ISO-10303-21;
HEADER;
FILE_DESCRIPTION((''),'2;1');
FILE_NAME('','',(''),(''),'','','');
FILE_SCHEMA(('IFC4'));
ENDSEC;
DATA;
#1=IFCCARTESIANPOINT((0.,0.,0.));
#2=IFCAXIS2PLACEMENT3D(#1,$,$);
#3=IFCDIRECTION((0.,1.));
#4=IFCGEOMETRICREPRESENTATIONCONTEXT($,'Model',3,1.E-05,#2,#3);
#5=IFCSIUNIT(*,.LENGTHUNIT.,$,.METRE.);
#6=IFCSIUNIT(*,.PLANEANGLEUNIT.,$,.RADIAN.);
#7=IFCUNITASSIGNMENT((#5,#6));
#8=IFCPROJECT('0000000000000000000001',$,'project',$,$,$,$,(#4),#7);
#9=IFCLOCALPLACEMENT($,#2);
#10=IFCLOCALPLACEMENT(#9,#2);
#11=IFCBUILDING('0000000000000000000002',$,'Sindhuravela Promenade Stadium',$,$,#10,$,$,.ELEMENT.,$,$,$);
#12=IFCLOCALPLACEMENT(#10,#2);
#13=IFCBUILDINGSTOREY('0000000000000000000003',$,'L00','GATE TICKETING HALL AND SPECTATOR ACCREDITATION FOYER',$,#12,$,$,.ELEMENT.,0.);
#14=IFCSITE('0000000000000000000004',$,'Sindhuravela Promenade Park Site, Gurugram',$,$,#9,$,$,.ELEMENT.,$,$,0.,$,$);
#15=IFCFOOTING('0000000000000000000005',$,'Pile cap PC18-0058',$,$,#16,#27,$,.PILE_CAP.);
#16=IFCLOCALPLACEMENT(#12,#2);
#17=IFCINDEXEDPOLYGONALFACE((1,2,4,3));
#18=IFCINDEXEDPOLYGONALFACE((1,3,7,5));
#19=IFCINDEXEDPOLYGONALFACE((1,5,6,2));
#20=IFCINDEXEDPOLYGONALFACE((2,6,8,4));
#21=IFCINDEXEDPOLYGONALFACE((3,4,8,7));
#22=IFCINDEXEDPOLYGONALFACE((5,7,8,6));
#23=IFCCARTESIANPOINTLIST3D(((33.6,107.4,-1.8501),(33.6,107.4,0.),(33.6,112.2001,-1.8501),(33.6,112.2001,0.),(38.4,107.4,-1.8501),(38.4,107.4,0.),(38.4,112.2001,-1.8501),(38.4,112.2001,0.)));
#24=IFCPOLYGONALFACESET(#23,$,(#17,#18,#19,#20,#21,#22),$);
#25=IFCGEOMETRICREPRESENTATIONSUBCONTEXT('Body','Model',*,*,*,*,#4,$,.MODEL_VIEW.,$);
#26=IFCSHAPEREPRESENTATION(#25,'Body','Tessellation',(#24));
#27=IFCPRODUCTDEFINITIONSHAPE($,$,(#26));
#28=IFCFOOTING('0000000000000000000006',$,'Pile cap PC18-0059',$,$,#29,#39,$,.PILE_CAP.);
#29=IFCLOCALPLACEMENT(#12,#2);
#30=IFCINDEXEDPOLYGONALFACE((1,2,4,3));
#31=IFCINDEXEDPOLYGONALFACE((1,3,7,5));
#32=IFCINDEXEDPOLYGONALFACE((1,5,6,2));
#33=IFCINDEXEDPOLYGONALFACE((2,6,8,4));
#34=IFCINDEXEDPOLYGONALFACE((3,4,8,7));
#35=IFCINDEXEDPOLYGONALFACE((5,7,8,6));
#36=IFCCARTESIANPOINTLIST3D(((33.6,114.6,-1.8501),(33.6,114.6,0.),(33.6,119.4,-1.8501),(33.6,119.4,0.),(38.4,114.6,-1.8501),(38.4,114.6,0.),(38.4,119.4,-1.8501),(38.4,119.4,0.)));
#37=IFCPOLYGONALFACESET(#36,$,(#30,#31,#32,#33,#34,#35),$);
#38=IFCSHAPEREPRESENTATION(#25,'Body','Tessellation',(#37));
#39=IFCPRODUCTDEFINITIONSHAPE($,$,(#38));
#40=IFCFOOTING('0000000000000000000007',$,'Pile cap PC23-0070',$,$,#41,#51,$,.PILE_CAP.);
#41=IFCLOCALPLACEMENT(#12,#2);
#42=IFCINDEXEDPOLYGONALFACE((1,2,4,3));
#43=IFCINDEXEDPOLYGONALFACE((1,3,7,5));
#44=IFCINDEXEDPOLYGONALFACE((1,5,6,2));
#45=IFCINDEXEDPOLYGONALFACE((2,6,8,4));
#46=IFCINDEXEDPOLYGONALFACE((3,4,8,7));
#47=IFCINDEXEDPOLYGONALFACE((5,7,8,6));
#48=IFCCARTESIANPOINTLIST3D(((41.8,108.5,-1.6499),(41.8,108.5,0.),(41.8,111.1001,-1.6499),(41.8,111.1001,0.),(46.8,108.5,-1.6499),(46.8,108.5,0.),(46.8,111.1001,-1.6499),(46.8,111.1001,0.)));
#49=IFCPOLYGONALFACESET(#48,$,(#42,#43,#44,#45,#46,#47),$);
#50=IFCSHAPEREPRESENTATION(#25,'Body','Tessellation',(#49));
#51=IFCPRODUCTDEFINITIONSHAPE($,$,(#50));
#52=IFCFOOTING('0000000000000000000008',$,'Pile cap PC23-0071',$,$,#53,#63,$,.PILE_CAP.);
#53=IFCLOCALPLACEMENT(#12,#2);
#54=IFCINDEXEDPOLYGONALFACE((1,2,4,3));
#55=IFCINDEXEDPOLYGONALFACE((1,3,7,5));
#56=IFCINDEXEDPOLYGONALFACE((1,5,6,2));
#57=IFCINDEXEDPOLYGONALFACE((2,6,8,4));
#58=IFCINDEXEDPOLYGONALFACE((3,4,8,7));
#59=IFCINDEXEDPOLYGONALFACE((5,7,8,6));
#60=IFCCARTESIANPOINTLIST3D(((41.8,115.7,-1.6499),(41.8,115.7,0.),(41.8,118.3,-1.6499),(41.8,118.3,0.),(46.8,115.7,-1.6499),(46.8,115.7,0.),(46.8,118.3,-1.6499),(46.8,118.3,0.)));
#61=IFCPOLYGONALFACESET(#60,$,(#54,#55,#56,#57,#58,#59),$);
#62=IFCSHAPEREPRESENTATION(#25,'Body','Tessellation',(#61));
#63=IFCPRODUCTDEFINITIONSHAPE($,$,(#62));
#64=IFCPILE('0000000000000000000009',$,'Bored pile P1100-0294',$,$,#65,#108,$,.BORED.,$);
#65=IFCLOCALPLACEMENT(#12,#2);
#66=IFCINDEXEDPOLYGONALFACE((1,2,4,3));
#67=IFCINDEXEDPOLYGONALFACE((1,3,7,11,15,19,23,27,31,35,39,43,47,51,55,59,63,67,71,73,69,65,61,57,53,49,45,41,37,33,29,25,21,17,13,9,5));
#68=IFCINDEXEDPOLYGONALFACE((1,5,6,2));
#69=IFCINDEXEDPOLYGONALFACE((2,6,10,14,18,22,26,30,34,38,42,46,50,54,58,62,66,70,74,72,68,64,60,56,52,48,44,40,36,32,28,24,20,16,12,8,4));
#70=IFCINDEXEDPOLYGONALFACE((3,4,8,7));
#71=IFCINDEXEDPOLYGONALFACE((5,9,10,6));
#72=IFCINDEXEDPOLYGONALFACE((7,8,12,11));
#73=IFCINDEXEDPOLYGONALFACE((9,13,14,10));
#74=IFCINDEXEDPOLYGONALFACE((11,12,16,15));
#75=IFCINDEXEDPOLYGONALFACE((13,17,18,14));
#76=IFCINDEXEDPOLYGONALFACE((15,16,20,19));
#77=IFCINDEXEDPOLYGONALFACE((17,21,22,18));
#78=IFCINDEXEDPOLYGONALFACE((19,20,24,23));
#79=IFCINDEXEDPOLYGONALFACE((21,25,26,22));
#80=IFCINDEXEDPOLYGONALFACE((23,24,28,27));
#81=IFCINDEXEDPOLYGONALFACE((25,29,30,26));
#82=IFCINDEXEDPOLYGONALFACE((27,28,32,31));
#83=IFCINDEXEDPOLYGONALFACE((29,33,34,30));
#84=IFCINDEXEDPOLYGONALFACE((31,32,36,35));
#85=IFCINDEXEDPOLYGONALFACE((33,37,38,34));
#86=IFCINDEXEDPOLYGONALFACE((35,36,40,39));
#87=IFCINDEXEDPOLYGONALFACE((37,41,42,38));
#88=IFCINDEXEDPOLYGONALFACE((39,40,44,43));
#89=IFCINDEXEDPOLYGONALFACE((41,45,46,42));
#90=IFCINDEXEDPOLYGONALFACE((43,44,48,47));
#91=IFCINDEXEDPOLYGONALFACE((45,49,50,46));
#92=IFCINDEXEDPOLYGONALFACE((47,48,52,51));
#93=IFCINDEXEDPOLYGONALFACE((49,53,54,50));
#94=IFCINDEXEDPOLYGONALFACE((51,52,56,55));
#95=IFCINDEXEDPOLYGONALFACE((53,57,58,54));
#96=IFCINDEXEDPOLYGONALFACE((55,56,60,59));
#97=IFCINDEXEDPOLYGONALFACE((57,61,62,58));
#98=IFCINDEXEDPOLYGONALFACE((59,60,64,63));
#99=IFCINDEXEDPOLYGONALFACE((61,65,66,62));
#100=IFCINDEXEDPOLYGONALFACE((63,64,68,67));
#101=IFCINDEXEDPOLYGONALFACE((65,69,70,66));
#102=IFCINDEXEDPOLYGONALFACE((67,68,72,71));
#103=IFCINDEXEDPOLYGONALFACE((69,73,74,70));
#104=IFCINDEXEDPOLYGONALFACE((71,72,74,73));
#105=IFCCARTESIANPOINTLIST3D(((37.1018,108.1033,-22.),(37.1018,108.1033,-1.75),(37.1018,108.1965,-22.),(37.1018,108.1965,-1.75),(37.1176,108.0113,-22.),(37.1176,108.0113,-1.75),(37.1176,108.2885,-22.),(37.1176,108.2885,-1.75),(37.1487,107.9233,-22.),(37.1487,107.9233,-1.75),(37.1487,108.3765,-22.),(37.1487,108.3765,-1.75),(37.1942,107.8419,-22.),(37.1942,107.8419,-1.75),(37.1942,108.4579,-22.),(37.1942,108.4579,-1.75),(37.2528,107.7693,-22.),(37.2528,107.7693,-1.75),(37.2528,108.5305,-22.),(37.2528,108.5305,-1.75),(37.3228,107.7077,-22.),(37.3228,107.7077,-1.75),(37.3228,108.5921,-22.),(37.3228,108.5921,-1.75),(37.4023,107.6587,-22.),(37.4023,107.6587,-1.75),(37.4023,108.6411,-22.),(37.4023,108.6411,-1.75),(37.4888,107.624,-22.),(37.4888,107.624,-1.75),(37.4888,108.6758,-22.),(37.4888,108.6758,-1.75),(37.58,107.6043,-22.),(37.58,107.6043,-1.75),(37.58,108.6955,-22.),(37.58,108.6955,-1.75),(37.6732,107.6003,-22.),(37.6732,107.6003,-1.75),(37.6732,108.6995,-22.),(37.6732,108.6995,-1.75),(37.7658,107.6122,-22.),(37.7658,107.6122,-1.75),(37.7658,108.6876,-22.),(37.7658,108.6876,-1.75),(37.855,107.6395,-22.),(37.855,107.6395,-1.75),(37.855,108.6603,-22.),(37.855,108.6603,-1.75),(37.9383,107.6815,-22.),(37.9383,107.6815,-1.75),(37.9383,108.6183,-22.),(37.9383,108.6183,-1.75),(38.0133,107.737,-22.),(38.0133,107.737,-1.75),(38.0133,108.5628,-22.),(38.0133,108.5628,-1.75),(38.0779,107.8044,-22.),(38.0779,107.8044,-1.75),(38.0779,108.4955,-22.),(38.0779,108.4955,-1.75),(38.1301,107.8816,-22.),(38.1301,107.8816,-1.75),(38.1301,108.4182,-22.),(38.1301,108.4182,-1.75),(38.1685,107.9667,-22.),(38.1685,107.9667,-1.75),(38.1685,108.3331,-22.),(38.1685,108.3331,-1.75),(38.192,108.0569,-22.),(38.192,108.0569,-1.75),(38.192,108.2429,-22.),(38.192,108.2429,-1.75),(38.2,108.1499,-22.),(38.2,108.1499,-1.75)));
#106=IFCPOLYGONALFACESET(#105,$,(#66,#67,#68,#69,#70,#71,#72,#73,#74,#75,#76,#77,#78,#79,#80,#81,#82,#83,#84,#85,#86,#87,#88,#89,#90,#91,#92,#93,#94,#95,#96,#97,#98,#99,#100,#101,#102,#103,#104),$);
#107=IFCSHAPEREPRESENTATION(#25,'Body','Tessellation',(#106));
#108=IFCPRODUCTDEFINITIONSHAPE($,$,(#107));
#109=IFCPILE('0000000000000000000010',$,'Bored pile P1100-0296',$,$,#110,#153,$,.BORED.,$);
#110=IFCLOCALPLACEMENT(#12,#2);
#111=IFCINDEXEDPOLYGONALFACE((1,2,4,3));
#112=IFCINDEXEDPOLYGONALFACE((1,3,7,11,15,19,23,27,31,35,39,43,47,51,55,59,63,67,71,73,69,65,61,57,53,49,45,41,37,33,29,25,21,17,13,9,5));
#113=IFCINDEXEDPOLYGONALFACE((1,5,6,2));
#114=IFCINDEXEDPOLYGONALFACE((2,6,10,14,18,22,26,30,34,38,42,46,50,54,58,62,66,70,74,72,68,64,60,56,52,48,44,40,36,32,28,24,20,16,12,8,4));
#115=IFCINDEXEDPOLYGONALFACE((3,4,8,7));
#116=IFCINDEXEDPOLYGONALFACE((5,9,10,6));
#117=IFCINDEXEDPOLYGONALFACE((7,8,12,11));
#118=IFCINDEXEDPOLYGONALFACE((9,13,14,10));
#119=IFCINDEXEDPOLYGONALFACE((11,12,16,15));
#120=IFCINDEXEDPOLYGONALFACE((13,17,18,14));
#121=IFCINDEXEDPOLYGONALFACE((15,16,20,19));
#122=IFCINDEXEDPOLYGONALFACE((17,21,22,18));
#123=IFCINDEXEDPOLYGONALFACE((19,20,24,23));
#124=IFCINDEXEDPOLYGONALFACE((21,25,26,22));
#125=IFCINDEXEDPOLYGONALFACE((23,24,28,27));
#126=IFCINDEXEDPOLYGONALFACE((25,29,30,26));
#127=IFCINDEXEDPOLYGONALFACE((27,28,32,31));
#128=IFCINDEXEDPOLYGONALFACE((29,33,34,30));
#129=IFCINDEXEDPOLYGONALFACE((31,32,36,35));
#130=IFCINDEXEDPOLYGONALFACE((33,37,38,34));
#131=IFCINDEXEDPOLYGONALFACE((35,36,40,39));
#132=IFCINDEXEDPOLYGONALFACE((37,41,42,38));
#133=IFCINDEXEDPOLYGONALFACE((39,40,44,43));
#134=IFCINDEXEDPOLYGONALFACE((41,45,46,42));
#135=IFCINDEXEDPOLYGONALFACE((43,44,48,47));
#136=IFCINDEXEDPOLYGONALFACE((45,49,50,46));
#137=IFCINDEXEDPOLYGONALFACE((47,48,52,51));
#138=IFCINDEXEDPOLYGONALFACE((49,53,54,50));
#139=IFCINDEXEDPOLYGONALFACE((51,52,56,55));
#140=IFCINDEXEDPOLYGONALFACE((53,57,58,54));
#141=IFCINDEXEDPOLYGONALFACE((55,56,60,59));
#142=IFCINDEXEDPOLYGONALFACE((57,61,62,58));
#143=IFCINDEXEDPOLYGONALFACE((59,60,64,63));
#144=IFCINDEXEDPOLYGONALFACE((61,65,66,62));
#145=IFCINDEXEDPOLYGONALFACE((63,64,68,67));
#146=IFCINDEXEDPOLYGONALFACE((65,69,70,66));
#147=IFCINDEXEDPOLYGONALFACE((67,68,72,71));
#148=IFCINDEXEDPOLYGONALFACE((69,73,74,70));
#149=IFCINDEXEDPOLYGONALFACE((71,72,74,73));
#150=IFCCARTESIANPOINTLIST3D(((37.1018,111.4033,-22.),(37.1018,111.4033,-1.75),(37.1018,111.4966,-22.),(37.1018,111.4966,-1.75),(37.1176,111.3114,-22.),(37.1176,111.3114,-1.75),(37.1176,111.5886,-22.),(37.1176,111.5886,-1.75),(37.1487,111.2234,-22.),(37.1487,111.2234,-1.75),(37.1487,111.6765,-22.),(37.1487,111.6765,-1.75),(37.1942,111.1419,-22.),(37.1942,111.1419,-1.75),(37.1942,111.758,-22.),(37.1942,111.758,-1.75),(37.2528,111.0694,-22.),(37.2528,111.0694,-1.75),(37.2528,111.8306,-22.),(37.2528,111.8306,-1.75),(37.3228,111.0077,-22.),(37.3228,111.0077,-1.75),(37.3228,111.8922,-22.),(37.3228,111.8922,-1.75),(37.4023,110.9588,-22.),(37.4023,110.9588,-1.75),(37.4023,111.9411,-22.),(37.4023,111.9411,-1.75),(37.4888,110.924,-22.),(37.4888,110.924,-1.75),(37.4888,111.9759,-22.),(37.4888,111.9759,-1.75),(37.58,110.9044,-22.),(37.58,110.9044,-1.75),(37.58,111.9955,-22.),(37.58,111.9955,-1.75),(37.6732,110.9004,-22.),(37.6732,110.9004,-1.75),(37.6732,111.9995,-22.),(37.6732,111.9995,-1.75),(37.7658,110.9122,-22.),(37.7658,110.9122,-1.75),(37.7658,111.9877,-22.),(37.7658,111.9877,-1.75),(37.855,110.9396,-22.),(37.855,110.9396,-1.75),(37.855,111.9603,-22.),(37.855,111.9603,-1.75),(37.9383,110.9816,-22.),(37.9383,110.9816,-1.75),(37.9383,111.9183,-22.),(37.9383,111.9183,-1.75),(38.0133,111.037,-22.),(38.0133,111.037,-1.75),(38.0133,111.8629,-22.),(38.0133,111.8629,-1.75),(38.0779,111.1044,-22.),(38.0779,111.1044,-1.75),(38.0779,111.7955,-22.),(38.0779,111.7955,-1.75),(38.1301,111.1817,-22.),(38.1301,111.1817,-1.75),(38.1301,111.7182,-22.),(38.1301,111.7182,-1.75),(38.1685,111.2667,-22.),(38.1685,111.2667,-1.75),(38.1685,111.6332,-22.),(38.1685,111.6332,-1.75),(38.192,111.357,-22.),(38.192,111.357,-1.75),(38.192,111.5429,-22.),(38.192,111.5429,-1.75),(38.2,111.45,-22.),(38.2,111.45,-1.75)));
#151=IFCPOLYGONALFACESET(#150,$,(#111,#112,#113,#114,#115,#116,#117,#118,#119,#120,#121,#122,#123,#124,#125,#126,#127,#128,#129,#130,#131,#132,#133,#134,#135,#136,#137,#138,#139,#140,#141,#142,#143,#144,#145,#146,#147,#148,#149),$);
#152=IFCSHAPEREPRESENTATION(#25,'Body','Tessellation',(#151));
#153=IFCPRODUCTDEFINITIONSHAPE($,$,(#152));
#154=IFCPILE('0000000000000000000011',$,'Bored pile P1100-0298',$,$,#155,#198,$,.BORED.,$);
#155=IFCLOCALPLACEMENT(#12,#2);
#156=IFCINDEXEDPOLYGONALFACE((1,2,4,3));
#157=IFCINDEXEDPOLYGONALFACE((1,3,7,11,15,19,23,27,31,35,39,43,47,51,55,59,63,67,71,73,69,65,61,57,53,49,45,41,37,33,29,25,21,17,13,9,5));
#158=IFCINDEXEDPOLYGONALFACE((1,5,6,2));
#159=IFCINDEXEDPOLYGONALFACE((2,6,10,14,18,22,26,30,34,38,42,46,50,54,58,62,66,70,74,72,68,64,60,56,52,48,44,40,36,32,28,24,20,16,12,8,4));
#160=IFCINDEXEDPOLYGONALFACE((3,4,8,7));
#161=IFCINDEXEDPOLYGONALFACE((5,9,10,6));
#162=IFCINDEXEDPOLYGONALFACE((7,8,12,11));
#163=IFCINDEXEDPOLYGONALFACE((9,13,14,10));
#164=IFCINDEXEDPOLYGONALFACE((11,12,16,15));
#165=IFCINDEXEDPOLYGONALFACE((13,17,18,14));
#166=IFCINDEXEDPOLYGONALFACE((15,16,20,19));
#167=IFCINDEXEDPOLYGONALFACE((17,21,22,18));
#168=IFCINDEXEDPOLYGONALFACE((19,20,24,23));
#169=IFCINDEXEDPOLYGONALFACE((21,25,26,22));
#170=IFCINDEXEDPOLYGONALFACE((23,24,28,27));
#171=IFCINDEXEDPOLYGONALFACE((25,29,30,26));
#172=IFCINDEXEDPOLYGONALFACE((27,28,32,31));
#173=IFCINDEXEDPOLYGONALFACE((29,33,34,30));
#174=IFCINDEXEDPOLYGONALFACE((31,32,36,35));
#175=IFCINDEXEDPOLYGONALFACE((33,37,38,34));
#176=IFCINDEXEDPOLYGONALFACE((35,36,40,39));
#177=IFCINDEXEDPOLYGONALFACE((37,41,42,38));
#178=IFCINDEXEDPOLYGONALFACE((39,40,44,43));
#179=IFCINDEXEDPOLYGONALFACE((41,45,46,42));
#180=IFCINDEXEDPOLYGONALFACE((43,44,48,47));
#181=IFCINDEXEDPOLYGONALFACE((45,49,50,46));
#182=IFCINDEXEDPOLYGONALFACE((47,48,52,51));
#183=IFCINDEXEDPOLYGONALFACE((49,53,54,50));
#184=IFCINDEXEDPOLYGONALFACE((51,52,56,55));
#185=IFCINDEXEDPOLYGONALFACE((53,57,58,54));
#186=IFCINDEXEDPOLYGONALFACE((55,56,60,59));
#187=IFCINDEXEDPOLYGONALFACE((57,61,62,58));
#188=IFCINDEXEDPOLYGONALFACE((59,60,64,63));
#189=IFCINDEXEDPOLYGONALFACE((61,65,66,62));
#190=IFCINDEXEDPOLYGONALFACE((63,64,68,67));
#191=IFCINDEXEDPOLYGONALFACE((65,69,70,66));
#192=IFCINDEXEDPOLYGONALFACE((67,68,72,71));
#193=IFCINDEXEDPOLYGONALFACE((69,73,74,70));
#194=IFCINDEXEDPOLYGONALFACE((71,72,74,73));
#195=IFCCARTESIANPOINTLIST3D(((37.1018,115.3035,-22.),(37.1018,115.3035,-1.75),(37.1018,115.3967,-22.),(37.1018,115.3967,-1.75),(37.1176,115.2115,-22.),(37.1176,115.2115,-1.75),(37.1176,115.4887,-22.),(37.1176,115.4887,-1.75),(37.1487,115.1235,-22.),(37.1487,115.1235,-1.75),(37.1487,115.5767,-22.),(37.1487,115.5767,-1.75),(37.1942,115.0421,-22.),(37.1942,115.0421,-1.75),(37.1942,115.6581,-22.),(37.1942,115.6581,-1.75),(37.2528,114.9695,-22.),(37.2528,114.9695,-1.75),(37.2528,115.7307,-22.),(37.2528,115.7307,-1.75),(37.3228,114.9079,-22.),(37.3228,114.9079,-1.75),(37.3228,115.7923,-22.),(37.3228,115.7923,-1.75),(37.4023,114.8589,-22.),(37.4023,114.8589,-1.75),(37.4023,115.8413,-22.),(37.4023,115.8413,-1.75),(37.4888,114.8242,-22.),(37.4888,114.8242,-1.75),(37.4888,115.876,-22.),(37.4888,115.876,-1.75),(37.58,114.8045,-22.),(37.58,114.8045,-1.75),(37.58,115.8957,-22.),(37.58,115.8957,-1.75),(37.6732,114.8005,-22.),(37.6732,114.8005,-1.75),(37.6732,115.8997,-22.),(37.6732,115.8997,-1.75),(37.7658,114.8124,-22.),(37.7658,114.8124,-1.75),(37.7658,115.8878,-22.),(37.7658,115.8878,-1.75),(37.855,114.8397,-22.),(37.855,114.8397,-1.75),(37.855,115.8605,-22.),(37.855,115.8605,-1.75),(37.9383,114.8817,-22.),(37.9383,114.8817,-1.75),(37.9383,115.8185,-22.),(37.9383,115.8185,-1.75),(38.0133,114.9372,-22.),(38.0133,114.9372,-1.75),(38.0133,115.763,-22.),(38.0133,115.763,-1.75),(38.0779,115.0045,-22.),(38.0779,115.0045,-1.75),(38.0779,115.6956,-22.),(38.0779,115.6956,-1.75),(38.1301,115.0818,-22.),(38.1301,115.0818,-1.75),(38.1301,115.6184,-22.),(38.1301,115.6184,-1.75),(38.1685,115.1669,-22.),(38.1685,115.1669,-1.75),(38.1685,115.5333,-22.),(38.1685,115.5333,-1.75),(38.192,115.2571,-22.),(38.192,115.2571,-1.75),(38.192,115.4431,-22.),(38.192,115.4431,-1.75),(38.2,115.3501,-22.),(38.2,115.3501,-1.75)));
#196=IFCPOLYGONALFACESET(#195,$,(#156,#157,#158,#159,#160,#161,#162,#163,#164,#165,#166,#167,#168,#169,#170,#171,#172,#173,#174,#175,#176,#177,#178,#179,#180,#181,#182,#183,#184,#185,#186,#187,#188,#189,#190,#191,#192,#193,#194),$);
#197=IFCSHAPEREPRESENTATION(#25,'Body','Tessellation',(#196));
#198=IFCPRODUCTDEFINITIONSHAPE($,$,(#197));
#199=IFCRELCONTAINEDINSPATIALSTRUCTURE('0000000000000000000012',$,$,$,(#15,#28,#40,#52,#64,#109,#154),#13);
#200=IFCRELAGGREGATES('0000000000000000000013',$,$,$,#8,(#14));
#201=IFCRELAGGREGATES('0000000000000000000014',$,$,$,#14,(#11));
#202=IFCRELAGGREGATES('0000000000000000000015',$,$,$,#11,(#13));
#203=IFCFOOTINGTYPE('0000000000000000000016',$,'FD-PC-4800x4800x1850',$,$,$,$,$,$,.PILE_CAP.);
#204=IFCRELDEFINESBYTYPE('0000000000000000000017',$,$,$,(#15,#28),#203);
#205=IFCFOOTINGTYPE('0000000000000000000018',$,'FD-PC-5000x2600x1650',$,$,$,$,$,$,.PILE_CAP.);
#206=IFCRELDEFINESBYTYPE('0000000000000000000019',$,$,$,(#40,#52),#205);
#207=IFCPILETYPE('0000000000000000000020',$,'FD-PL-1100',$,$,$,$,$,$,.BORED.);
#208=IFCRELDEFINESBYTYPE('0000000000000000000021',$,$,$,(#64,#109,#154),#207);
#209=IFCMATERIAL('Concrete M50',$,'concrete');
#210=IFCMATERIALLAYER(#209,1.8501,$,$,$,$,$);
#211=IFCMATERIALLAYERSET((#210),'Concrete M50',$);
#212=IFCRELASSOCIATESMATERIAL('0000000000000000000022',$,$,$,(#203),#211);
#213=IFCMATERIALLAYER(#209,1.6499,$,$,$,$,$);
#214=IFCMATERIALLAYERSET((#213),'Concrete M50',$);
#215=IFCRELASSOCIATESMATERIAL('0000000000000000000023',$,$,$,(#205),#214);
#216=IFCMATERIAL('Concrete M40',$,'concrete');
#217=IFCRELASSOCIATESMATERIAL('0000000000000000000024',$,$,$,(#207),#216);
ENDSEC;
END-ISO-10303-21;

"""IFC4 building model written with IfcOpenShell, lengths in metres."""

from ifc_helpers import new_model, si_unit, direction, frame, origin, origin_2d, place, context, subcontext, project, spatial, rectangle, circle, extrude, material, layer, layer_set, material_profile, profile_set, type_object, element, save


model = new_model("IFC4")

# Units and contexts
model_context = context("Model", 3, precision=1e-05, world=origin(), true_north=direction((0.0, 1.0)))
body_context = subcontext(model_context, "Body", "Model", "MODEL_VIEW")
ifc_project = project(units=[si_unit("LENGTHUNIT", "METRE"), si_unit("PLANEANGLEUNIT", "RADIAN")], contexts=[model_context])

# Site, building, storey
site_placement = place(None, origin())
site = spatial("IfcSite", under=ifc_project, at=site_placement, Name="Sindhuravela Promenade Park Site, Gurugram", CompositionType="ELEMENT", RefElevation=0.0)
building_placement = place(site_placement, origin())
building = spatial("IfcBuilding", under=site, at=building_placement, Name="Sindhuravela Promenade Stadium", CompositionType="ELEMENT")
storey_placement = place(building_placement, origin())
storey = spatial("IfcBuildingStorey", under=building, at=storey_placement, Name="L00", Description="GATE TICKETING HALL AND SPECTATOR ACCREDITATION FOYER", CompositionType="ELEMENT", Elevation=0.0)

# Footings
ifc_material_1 = material(Name="Concrete M50", Category="concrete")
ifc_layer_1 = layer(ifc_material_1, 1.8501)
ifc_layer_set_1 = layer_set([ifc_layer_1], Name="Concrete M50")
footing_type_1 = type_object("IfcFootingType", Name="FD-PC-4800x4800x1850", PredefinedType="PILE_CAP", material=ifc_layer_set_1)
for number, where, z_axis, x_axis, name in (
    (1, (36.0, 109.8, -1.8501), (0.0, 0.0, 1.0), (1.0, 0.0, 0.0), "Pile cap PC18-0058"),
    (2, (36.0, 117.0, -1.8501), (0.0, 0.0, 1.0), (1.0, 0.0, 0.0), "Pile cap PC18-0059"),
):
    element("IfcFooting", number, at=place(storey_placement, frame(where, z_axis=z_axis, x_axis=x_axis)), inside=storey, type_object=footing_type_1, Name=name, PredefinedType="PILE_CAP", context=body_context, shape_type="SweptSolid", body=[
        extrude(rectangle(XDim=4.8, YDim=4.8, at=origin_2d()), origin(), (0.0, 0.0, 1.0), 1.8501),
    ])
ifc_layer_2 = layer(ifc_material_1, 1.6499)
ifc_layer_set_2 = layer_set([ifc_layer_2], Name="Concrete M50")
footing_type_2 = type_object("IfcFootingType", Name="FD-PC-5000x2600x1650", PredefinedType="PILE_CAP", material=ifc_layer_set_2)
for number, where, z_axis, x_axis, name in (
    (3, (44.3, 109.8, -1.6499), (0.0, 0.0, 1.0), (1.0, 0.0, 0.0), "Pile cap PC23-0070"),
    (4, (44.3, 117.0, -1.6499), (0.0, 0.0, 1.0), (1.0, 0.0, 0.0), "Pile cap PC23-0071"),
):
    element("IfcFooting", number, at=place(storey_placement, frame(where, z_axis=z_axis, x_axis=x_axis)), inside=storey, type_object=footing_type_2, Name=name, PredefinedType="PILE_CAP", context=body_context, shape_type="SweptSolid", body=[
        extrude(rectangle(XDim=5.0, YDim=2.6001, at=origin_2d()), origin(), (0.0, 0.0, 1.0), 1.6499),
    ])

# Piles
ifc_material_2 = material(Name="Concrete M40", Category="concrete")
ifc_material_profile_1 = material_profile(ifc_material_2, circle(Radius=0.55, at=origin_2d()), Name="BORED PILE D1100")
ifc_profile_set_1 = profile_set([ifc_material_profile_1], Name="Concrete M40")
pile_type = type_object("IfcPileType", Name="FD-PL-1100", PredefinedType="BORED", material=ifc_profile_set_1)
for number, where, z_axis, x_axis, name in (
    (5, (37.6499, 108.1499, -1.75), (0.0, 0.0, -1.0), (1.0, 0.0, 0.0), "Bored pile P1100-0294"),
    (6, (37.6499, 111.45, -1.75), (0.0, 0.0, -1.0), (1.0, 0.0, 0.0), "Bored pile P1100-0296"),
    (7, (37.6499, 115.3501, -1.75), (0.0, 0.0, -1.0), (1.0, 0.0, 0.0), "Bored pile P1100-0298"),
):
    element("IfcPile", number, at=place(storey_placement, frame(where, z_axis=z_axis, x_axis=x_axis)), inside=storey, type_object=pile_type, Name=name, PredefinedType="BORED", context=body_context, shape_type="SweptSolid", body=[
        extrude(circle(Radius=0.55, at=origin_2d()), origin(), (0.0, 0.0, 1.0), 20.25),
    ])

save(model, "model.ifc")
